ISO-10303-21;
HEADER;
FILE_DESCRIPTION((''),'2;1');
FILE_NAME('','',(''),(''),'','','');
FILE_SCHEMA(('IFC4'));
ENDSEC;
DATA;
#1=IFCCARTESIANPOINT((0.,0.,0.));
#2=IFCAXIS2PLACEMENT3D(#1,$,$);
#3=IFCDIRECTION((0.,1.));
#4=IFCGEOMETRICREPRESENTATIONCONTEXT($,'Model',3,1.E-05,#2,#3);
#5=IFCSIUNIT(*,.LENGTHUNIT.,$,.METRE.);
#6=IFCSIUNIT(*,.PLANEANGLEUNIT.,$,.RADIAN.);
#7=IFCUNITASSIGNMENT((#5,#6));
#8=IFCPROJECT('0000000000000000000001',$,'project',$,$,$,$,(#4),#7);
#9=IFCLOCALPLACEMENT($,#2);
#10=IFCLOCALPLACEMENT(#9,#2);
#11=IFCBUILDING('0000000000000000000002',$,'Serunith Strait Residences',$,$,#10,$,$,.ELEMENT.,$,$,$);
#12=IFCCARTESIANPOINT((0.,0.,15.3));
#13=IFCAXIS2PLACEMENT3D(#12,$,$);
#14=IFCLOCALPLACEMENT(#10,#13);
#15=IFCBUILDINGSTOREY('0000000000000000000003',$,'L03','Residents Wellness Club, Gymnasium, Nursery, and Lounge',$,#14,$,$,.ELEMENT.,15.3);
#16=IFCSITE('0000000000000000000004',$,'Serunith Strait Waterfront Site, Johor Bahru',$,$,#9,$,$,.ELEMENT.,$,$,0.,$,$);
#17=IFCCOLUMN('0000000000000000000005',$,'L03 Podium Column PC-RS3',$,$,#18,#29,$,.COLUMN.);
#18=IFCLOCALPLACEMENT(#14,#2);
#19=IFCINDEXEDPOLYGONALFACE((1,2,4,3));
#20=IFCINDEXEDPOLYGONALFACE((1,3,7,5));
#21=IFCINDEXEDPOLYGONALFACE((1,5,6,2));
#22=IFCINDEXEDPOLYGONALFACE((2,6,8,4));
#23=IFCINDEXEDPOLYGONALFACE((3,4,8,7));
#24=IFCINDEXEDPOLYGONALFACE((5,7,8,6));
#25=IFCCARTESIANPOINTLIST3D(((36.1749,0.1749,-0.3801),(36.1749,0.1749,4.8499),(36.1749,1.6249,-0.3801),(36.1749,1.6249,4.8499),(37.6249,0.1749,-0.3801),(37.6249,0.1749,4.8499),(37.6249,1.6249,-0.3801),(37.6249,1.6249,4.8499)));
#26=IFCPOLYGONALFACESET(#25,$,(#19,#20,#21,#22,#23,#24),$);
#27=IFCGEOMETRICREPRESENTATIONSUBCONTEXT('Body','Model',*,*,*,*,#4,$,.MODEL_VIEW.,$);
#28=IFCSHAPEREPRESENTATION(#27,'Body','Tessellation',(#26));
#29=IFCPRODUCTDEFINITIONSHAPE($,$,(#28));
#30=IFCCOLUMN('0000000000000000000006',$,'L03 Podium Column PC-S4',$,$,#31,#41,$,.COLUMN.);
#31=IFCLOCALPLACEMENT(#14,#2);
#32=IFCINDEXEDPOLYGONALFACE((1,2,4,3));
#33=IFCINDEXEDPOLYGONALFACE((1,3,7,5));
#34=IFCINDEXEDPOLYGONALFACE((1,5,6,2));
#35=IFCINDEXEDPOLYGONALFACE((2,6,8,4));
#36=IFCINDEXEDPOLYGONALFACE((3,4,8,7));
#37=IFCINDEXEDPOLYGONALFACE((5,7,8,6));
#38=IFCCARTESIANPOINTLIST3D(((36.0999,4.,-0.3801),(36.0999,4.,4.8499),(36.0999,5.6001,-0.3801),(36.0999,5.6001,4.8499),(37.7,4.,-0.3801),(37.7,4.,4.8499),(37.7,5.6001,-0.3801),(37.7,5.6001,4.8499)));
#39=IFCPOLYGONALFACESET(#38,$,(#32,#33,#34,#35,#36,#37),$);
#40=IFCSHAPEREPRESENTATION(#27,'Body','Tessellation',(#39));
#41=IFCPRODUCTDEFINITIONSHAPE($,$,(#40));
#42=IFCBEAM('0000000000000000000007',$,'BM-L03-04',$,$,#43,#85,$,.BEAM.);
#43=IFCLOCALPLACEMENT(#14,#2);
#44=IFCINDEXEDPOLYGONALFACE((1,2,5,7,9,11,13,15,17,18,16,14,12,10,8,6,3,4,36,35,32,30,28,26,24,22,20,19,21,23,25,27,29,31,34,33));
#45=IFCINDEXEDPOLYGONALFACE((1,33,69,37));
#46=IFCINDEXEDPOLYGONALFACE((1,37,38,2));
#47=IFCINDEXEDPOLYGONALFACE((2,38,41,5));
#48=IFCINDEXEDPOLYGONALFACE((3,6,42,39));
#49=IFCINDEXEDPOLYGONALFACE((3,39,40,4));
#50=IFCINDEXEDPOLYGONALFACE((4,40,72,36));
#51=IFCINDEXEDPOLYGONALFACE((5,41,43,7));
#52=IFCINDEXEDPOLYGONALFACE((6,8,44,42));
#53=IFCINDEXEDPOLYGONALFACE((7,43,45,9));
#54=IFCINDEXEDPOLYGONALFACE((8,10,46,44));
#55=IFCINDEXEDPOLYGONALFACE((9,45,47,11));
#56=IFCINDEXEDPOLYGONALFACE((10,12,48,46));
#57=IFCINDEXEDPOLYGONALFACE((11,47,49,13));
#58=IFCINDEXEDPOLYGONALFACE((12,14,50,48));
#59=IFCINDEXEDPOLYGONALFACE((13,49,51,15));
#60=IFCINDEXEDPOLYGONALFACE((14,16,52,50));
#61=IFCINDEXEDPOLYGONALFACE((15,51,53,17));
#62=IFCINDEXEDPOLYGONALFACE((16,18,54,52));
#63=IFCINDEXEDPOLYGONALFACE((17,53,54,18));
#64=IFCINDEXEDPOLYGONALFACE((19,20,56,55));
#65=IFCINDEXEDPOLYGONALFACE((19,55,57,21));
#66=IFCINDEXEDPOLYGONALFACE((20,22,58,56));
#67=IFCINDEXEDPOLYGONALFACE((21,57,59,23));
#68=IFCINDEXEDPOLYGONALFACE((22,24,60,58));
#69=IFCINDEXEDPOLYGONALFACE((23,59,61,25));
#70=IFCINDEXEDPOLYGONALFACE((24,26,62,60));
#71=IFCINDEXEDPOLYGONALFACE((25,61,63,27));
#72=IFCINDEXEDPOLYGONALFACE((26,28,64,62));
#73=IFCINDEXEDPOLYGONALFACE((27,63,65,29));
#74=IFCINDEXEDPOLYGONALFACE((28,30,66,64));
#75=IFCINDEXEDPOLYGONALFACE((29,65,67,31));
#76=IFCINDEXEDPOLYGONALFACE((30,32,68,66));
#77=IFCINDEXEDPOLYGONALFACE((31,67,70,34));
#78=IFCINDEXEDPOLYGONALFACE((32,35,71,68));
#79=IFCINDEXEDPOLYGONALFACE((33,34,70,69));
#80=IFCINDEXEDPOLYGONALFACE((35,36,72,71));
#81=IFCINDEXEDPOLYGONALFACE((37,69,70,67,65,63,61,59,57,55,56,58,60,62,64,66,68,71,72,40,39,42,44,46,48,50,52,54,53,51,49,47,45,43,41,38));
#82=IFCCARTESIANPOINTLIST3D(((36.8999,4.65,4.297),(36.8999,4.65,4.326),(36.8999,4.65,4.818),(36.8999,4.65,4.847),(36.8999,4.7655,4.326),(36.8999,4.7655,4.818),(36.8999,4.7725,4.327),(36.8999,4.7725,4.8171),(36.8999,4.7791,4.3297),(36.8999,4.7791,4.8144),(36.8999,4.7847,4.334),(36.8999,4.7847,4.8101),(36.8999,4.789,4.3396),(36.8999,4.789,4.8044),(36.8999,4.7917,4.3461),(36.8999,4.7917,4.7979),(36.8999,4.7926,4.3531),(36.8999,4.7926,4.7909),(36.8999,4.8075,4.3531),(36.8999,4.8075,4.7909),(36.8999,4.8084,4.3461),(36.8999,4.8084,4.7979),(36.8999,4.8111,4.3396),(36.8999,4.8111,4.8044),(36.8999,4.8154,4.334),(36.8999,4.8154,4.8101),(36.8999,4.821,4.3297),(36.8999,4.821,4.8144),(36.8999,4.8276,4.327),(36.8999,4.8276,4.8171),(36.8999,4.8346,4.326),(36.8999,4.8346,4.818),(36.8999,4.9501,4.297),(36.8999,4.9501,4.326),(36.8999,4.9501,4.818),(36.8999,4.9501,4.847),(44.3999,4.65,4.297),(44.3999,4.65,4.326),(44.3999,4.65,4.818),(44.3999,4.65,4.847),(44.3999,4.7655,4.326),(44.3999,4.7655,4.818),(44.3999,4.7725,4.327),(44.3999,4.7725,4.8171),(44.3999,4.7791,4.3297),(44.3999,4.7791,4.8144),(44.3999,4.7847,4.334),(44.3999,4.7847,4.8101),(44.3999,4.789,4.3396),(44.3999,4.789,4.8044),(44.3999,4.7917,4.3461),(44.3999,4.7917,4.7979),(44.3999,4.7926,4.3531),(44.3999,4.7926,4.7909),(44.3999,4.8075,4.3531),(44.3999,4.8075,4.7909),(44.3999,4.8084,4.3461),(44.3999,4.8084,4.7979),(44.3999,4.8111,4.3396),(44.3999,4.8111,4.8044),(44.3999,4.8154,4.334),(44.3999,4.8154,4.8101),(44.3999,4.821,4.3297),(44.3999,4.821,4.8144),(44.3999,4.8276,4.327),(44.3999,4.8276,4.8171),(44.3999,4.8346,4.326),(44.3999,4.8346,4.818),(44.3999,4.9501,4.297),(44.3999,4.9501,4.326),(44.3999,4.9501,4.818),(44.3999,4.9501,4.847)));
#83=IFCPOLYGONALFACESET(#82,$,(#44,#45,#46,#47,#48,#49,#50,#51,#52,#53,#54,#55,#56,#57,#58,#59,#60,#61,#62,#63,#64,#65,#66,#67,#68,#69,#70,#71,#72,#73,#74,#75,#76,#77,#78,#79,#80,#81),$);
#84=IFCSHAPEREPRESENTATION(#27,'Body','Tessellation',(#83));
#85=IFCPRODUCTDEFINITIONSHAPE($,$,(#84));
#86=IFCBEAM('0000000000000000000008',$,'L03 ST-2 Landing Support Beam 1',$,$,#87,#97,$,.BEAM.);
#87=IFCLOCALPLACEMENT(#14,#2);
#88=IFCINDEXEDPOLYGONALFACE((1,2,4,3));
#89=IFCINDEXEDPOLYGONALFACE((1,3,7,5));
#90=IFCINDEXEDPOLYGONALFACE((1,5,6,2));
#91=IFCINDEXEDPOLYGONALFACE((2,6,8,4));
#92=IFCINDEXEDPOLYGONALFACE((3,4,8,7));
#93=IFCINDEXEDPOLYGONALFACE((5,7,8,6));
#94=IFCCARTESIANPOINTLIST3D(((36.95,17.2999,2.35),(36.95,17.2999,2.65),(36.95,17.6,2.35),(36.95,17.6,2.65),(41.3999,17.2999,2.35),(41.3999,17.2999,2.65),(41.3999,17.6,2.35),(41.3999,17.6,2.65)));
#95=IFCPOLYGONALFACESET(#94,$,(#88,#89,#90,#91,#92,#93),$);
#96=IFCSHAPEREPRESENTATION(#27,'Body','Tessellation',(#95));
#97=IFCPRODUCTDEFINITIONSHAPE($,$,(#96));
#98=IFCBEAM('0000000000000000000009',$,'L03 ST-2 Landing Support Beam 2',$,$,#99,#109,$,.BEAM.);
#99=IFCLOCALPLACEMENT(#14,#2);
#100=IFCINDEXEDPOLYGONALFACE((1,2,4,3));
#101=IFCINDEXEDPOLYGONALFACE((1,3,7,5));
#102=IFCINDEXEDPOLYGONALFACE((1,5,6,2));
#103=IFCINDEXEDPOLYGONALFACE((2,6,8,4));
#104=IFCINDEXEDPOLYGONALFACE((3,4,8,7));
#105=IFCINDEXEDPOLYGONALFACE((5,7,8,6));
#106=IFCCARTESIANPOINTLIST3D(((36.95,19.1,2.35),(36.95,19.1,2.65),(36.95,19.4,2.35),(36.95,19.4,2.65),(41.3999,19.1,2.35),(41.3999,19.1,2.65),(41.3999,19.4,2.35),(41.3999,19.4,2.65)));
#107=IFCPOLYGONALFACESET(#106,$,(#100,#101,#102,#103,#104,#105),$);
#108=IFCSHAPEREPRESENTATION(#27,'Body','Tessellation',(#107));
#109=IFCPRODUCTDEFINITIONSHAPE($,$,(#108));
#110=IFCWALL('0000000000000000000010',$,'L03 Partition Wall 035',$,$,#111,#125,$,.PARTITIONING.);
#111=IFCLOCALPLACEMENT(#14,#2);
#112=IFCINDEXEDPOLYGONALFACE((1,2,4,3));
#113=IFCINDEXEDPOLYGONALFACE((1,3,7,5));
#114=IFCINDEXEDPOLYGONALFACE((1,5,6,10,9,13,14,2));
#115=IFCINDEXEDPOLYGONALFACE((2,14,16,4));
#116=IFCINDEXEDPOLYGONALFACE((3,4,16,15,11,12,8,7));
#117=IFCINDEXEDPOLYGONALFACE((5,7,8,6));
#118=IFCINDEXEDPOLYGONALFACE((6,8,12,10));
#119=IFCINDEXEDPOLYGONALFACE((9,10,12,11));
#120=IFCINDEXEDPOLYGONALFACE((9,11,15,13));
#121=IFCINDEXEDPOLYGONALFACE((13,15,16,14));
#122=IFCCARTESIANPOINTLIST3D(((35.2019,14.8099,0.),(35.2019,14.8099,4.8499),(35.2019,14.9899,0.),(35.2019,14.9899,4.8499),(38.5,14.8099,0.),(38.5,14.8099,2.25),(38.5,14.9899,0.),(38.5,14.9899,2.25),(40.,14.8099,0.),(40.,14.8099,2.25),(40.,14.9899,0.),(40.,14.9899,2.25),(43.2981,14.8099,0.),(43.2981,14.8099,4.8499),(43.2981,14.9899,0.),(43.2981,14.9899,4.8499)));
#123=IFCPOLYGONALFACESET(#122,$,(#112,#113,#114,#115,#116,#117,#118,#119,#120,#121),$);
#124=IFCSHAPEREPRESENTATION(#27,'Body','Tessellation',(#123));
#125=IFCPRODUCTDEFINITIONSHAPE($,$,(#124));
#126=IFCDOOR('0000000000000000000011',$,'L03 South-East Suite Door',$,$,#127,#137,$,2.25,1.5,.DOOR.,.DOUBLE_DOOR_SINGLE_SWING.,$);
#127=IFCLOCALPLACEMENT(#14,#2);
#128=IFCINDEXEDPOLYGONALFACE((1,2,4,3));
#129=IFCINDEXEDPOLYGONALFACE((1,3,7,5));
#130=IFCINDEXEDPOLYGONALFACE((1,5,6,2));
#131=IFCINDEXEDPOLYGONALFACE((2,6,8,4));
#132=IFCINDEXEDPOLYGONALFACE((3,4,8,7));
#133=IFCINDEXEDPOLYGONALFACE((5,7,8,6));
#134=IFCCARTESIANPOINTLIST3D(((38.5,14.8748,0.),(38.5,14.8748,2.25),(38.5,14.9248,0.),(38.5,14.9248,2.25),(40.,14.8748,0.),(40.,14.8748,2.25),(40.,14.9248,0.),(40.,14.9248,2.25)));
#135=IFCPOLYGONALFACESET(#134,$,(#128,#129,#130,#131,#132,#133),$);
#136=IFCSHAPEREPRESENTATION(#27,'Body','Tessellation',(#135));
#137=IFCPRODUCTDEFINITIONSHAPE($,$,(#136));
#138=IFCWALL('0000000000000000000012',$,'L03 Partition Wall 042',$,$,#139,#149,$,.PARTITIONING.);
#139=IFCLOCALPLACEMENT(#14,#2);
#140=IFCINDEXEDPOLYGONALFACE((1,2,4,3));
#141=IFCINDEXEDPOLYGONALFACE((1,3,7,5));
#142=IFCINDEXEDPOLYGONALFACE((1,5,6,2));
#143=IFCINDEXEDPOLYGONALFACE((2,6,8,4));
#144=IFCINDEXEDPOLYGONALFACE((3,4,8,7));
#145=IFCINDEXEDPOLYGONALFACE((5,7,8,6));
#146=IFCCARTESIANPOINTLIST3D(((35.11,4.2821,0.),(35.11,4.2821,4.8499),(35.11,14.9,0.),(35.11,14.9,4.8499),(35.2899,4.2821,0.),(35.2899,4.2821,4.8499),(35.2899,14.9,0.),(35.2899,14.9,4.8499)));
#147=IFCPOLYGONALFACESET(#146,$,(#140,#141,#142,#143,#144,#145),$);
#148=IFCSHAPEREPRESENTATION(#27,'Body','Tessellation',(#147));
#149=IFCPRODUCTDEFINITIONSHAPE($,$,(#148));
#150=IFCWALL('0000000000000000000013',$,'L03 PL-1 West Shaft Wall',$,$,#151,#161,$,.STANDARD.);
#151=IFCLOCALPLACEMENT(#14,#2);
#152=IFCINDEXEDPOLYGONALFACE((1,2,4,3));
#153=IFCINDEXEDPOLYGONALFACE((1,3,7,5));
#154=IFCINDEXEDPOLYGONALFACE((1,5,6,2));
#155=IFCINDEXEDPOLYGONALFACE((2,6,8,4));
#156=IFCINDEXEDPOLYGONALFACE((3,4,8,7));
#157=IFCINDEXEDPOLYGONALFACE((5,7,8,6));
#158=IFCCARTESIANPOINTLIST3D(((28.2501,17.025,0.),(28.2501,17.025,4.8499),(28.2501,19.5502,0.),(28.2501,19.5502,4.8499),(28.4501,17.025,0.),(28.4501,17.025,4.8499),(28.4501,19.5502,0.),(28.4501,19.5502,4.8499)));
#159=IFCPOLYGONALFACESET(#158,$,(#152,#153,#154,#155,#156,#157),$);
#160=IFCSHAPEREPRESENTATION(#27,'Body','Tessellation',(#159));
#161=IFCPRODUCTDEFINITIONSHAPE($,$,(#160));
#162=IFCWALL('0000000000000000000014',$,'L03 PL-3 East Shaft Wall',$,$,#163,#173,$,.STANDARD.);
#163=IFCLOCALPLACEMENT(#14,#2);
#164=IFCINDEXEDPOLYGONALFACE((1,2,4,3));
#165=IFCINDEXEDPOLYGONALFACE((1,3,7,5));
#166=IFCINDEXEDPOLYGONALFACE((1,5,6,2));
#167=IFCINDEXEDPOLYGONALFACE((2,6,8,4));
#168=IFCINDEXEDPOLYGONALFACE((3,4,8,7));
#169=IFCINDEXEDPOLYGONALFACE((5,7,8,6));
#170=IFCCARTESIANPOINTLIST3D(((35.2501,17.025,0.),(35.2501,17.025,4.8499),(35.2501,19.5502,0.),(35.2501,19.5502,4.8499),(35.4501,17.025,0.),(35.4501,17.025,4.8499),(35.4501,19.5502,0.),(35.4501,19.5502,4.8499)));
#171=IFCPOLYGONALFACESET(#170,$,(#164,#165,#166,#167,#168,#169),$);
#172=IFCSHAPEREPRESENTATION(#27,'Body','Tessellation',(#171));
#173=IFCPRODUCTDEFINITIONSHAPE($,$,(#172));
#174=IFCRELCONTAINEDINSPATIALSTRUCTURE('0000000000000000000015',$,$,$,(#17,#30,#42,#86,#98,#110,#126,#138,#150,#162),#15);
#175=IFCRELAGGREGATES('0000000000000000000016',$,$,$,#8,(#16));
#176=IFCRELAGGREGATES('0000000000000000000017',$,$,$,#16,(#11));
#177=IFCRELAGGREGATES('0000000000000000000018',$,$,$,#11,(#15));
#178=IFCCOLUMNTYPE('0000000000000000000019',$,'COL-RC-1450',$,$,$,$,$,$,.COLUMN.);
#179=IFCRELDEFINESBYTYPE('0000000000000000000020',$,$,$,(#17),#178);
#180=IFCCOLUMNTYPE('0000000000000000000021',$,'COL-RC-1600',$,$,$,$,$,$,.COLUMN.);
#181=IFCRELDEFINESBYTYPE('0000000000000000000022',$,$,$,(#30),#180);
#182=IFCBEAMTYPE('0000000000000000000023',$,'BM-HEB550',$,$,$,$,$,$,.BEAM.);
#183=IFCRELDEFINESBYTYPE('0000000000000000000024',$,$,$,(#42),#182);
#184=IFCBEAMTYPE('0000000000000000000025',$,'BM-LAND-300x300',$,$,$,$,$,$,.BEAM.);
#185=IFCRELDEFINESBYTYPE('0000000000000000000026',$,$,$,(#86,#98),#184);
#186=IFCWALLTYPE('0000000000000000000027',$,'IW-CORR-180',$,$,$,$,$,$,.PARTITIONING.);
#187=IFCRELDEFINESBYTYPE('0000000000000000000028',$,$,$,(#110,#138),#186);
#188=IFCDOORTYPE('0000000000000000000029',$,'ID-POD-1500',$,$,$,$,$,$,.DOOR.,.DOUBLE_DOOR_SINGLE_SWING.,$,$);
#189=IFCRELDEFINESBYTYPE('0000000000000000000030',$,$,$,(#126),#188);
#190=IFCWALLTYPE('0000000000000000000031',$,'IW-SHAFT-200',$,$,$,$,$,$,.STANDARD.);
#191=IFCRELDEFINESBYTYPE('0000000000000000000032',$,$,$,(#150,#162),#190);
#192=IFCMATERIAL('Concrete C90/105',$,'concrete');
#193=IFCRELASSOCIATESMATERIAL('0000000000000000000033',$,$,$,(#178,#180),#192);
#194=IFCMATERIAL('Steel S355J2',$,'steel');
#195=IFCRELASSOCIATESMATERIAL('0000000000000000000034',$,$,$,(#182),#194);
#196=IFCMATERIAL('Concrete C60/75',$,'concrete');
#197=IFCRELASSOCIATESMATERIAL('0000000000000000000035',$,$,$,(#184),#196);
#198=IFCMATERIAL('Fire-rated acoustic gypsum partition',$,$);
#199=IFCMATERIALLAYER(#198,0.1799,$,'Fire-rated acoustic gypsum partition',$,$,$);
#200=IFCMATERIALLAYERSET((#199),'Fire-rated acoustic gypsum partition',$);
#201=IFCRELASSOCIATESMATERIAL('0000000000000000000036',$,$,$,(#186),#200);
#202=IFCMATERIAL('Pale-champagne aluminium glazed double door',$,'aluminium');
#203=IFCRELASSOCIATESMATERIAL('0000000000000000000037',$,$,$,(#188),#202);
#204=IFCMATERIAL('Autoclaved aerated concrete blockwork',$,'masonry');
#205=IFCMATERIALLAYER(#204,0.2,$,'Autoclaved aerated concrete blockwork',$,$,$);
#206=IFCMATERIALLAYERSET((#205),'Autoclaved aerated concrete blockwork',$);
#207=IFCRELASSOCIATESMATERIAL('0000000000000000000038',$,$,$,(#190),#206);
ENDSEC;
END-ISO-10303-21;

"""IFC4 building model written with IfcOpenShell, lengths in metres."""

from ifc_helpers import new_model, si_unit, direction, frame, frame_2d, origin, origin_2d, place, context, subcontext, project, spatial, rectangle, i_section, extrude, source, transform, mapped, material, layer, layer_set, material_profile, profile_set, type_object, element, fill, save


model = new_model("IFC4")

# Units and contexts
model_context = context("Model", 3, precision=1e-05, world=origin(), true_north=direction((0.0, 1.0)))
body_context = subcontext(model_context, "Body", "Model", "MODEL_VIEW")
ifc_project = project(units=[si_unit("LENGTHUNIT", "METRE"), si_unit("PLANEANGLEUNIT", "RADIAN")], contexts=[model_context])

# Site, building, storey
site_placement = place(None, origin())
site = spatial("IfcSite", under=ifc_project, at=site_placement, Name="Serunith Strait Waterfront Site, Johor Bahru", CompositionType="ELEMENT", RefElevation=0.0)
building_placement = place(site_placement, origin())
building = spatial("IfcBuilding", under=site, at=building_placement, Name="Serunith Strait Residences", CompositionType="ELEMENT")
storey_placement = place(building_placement, frame((0.0, 0.0, 15.3)))
storey = spatial("IfcBuildingStorey", under=building, at=storey_placement, Name="L03", Description="Residents Wellness Club, Gymnasium, Nursery, and Lounge", CompositionType="ELEMENT", Elevation=15.3)

# Columns
ifc_material_1 = material(Name="Concrete C90/105", Category="concrete")
ifc_material_profile_1 = material_profile(ifc_material_1, rectangle(XDim=1.45, YDim=1.45, at=origin_2d()), Name="RC 1450x1450")
ifc_profile_set_1 = profile_set([ifc_material_profile_1], Name="Concrete C90/105")
column_type_1 = type_object("IfcColumnType", Name="COL-RC-1450", PredefinedType="COLUMN", material=ifc_profile_set_1)
shared_shape_1 = source(origin(), body_context, "Body", "SweptSolid", [
    extrude(rectangle(XDim=1.45, YDim=1.45, at=origin_2d()), origin(), (0.0, 0.0, 1.0), 5.23),
])
column_1_placement = place(storey_placement, frame((36.8999, 0.8999, -0.3801), z_axis=(0.0, 0.0, 1.0), x_axis=(1.0, 0.0, 0.0)))
element("IfcColumn", 1, at=column_1_placement, inside=storey, type_object=column_type_1, Name="L03 Podium Column PC-RS3", PredefinedType="COLUMN", context=body_context, shape_type="MappedRepresentation", body=[
    mapped(shared_shape_1, transform((0.0, 0.0, 0.0), scale=1.0)),
])
ifc_material_profile_2 = material_profile(ifc_material_1, rectangle(XDim=1.6001, YDim=1.6001, at=origin_2d()), Name="RC 1600x1600")
ifc_profile_set_2 = profile_set([ifc_material_profile_2], Name="Concrete C90/105")
column_type_2 = type_object("IfcColumnType", Name="COL-RC-1600", PredefinedType="COLUMN", material=ifc_profile_set_2)
shared_shape_2 = source(origin(), body_context, "Body", "SweptSolid", [
    extrude(rectangle(XDim=1.6001, YDim=1.6001, at=origin_2d()), origin(), (0.0, 0.0, 1.0), 5.23),
])
column_2_placement = place(storey_placement, frame((36.8999, 4.8, -0.3801), z_axis=(0.0, 0.0, 1.0), x_axis=(1.0, 0.0, 0.0)))
element("IfcColumn", 2, at=column_2_placement, inside=storey, type_object=column_type_2, Name="L03 Podium Column PC-S4", PredefinedType="COLUMN", context=body_context, shape_type="MappedRepresentation", body=[
    mapped(shared_shape_2, transform((0.0, 0.0, 0.0), scale=1.0)),
])

# Beams
ifc_material_2 = material(Name="Steel S355J2", Category="steel")
ifc_material_profile_3 = material_profile(ifc_material_2, i_section(OverallWidth=0.3, OverallDepth=0.55, WebThickness=0.0149, FlangeThickness=0.0291, FilletRadius=0.0271, at=origin_2d()), Name="HEB 550")
ifc_profile_set_3 = profile_set([ifc_material_profile_3], Name="Steel S355J2")
beam_type_1 = type_object("IfcBeamType", Name="BM-HEB550", PredefinedType="BEAM", material=ifc_profile_set_3)
shared_shape_3 = source(origin(), body_context, "Body", "SweptSolid", [
    extrude(i_section(OverallWidth=0.3, OverallDepth=0.55, WebThickness=0.0149, FlangeThickness=0.0291, FilletRadius=0.0271, at=origin_2d()), origin(), (0.0, 0.0, 1.0), 7.5),
])
beam_placement = place(storey_placement, frame((36.8999, 4.8, 4.572), z_axis=(1.0, 0.0, 0.0), x_axis=(0.0, 1.0, 0.0)))
element("IfcBeam", 3, at=beam_placement, inside=storey, type_object=beam_type_1, Name="BM-L03-04", PredefinedType="BEAM", context=body_context, shape_type="MappedRepresentation", body=[
    mapped(shared_shape_3, transform((0.0, 0.0, 0.0), scale=1.0)),
])
ifc_material_3 = material(Name="Concrete C60/75", Category="concrete")
ifc_material_profile_4 = material_profile(ifc_material_3, rectangle(XDim=0.3, YDim=0.3, at=origin_2d()), Name="RC 300x300")
ifc_profile_set_4 = profile_set([ifc_material_profile_4], Name="Concrete C60/75")
beam_type_2 = type_object("IfcBeamType", Name="BM-LAND-300x300", PredefinedType="BEAM", material=ifc_profile_set_4)
shared_shape_4 = source(origin(), body_context, "Body", "SweptSolid", [
    extrude(rectangle(XDim=0.3, YDim=0.3, at=origin_2d()), origin(), (0.0, 0.0, 1.0), 4.45),
])
for number, where, z_axis, x_axis, name in (
    (4, (36.95, 17.45, 2.5), (1.0, 0.0, 0.0), (0.0, 1.0, 0.0), "L03 ST-2 Landing Support Beam 1"),
    (5, (36.95, 19.25, 2.5), (1.0, 0.0, 0.0), (0.0, 1.0, 0.0), "L03 ST-2 Landing Support Beam 2"),
):
    element("IfcBeam", number, at=place(storey_placement, frame(where, z_axis=z_axis, x_axis=x_axis)), inside=storey, type_object=beam_type_2, Name=name, PredefinedType="BEAM", context=body_context, shape_type="MappedRepresentation", body=[
        mapped(shared_shape_4, transform((0.0, 0.0, 0.0), scale=1.0)),
    ])

# Wall, opening, door
ifc_material_4 = material(Name="Fire-rated acoustic gypsum partition")
ifc_layer_1 = layer(ifc_material_4, 0.1799, Name="Fire-rated acoustic gypsum partition")
ifc_layer_set_1 = layer_set([ifc_layer_1], Name="Fire-rated acoustic gypsum partition")
wall_type_1 = type_object("IfcWallType", Name="IW-CORR-180", PredefinedType="PARTITIONING", material=ifc_layer_set_1)
wall_1_placement = place(storey_placement, frame((35.2019, 14.8999, 0.0), z_axis=(0.0, 0.0, 1.0), x_axis=(1.0, 0.0, 0.0)))
wall_1 = element("IfcWall", 6, at=wall_1_placement, inside=storey, type_object=wall_type_1, Name="L03 Partition Wall 035", PredefinedType="PARTITIONING", context=body_context, shape_type="SweptSolid", body=[
    extrude(rectangle(XDim=8.0962, YDim=0.1799, at=frame_2d((4.0481, 0.0))), origin(), (0.0, 0.0, 1.0), 4.8499),
])
opening_placement = place(wall_1_placement, frame((3.2981, 0.0, 0.0)))
opening = element("IfcOpeningElement", 7, at=opening_placement, cuts=wall_1, PredefinedType="OPENING", context=body_context, shape_type="SweptSolid", body=[
    extrude(rectangle(XDim=1.5, YDim=2.25, at=frame_2d((0.75, 1.125))), frame((0.0, 0.1001, 0.0), z_axis=(0.0, -1.0, 0.0), x_axis=(1.0, 0.0, 0.0)), (0.0, 0.0, 1.0), 0.2),
])
ifc_material_5 = material(Name="Pale-champagne aluminium glazed double door", Category="aluminium")
door_type = type_object("IfcDoorType", Name="ID-POD-1500", OperationType="DOUBLE_DOOR_SINGLE_SWING", PredefinedType="DOOR", material=ifc_material_5)
shared_shape_5 = source(origin(), body_context, "Body", "SweptSolid", [
    extrude(rectangle(XDim=1.5, YDim=2.25, at=frame_2d((0.75, 1.125))), frame((0.0, 0.0249, 0.0), z_axis=(0.0, -1.0, 0.0), x_axis=(1.0, 0.0, 0.0)), (0.0, 0.0, 1.0), 0.05),
])
door_placement = place(opening_placement, origin())
door = element("IfcDoor", 8, at=door_placement, inside=storey, type_object=door_type, Name="L03 South-East Suite Door", OperationType="DOUBLE_DOOR_SINGLE_SWING", OverallHeight=2.25, OverallWidth=1.5, PredefinedType="DOOR", context=body_context, shape_type="MappedRepresentation", body=[
    mapped(shared_shape_5, transform((0.0, 0.0, 0.0), scale=1.0)),
])
fill(opening, door)

# Walls
wall_2_placement = place(storey_placement, frame((35.2, 4.282, 0.0), z_axis=(0.0, 0.0, 1.0), x_axis=(0.0, 1.0, 0.0)))
element("IfcWall", 9, at=wall_2_placement, inside=storey, type_object=wall_type_1, Name="L03 Partition Wall 042", PredefinedType="PARTITIONING", context=body_context, shape_type="SweptSolid", body=[
    extrude(rectangle(XDim=10.6179, YDim=0.1799, at=frame_2d((5.3091, 0.0))), origin(), (0.0, 0.0, 1.0), 4.8499),
])
ifc_material_6 = material(Name="Autoclaved aerated concrete blockwork", Category="masonry")
ifc_layer_2 = layer(ifc_material_6, 0.2, Name="Autoclaved aerated concrete blockwork")
ifc_layer_set_2 = layer_set([ifc_layer_2], Name="Autoclaved aerated concrete blockwork")
wall_type_2 = type_object("IfcWallType", Name="IW-SHAFT-200", PredefinedType="STANDARD", material=ifc_layer_set_2)
for number, where, z_axis, x_axis, name in (
    (10, (28.3501, 17.0249, 0.0), (0.0, 0.0, 1.0), (0.0, 1.0, 0.0), "L03 PL-1 West Shaft Wall"),
    (11, (35.3501, 17.0249, 0.0), (0.0, 0.0, 1.0), (0.0, 1.0, 0.0), "L03 PL-3 East Shaft Wall"),
):
    element("IfcWall", number, at=place(storey_placement, frame(where, z_axis=z_axis, x_axis=x_axis)), inside=storey, type_object=wall_type_2, Name=name, PredefinedType="STANDARD", context=body_context, shape_type="SweptSolid", body=[
        extrude(rectangle(XDim=2.5251, YDim=0.2, at=frame_2d((1.2627, 0.0))), origin(), (0.0, 0.0, 1.0), 4.8499),
    ])

save(model, "model.ifc")
